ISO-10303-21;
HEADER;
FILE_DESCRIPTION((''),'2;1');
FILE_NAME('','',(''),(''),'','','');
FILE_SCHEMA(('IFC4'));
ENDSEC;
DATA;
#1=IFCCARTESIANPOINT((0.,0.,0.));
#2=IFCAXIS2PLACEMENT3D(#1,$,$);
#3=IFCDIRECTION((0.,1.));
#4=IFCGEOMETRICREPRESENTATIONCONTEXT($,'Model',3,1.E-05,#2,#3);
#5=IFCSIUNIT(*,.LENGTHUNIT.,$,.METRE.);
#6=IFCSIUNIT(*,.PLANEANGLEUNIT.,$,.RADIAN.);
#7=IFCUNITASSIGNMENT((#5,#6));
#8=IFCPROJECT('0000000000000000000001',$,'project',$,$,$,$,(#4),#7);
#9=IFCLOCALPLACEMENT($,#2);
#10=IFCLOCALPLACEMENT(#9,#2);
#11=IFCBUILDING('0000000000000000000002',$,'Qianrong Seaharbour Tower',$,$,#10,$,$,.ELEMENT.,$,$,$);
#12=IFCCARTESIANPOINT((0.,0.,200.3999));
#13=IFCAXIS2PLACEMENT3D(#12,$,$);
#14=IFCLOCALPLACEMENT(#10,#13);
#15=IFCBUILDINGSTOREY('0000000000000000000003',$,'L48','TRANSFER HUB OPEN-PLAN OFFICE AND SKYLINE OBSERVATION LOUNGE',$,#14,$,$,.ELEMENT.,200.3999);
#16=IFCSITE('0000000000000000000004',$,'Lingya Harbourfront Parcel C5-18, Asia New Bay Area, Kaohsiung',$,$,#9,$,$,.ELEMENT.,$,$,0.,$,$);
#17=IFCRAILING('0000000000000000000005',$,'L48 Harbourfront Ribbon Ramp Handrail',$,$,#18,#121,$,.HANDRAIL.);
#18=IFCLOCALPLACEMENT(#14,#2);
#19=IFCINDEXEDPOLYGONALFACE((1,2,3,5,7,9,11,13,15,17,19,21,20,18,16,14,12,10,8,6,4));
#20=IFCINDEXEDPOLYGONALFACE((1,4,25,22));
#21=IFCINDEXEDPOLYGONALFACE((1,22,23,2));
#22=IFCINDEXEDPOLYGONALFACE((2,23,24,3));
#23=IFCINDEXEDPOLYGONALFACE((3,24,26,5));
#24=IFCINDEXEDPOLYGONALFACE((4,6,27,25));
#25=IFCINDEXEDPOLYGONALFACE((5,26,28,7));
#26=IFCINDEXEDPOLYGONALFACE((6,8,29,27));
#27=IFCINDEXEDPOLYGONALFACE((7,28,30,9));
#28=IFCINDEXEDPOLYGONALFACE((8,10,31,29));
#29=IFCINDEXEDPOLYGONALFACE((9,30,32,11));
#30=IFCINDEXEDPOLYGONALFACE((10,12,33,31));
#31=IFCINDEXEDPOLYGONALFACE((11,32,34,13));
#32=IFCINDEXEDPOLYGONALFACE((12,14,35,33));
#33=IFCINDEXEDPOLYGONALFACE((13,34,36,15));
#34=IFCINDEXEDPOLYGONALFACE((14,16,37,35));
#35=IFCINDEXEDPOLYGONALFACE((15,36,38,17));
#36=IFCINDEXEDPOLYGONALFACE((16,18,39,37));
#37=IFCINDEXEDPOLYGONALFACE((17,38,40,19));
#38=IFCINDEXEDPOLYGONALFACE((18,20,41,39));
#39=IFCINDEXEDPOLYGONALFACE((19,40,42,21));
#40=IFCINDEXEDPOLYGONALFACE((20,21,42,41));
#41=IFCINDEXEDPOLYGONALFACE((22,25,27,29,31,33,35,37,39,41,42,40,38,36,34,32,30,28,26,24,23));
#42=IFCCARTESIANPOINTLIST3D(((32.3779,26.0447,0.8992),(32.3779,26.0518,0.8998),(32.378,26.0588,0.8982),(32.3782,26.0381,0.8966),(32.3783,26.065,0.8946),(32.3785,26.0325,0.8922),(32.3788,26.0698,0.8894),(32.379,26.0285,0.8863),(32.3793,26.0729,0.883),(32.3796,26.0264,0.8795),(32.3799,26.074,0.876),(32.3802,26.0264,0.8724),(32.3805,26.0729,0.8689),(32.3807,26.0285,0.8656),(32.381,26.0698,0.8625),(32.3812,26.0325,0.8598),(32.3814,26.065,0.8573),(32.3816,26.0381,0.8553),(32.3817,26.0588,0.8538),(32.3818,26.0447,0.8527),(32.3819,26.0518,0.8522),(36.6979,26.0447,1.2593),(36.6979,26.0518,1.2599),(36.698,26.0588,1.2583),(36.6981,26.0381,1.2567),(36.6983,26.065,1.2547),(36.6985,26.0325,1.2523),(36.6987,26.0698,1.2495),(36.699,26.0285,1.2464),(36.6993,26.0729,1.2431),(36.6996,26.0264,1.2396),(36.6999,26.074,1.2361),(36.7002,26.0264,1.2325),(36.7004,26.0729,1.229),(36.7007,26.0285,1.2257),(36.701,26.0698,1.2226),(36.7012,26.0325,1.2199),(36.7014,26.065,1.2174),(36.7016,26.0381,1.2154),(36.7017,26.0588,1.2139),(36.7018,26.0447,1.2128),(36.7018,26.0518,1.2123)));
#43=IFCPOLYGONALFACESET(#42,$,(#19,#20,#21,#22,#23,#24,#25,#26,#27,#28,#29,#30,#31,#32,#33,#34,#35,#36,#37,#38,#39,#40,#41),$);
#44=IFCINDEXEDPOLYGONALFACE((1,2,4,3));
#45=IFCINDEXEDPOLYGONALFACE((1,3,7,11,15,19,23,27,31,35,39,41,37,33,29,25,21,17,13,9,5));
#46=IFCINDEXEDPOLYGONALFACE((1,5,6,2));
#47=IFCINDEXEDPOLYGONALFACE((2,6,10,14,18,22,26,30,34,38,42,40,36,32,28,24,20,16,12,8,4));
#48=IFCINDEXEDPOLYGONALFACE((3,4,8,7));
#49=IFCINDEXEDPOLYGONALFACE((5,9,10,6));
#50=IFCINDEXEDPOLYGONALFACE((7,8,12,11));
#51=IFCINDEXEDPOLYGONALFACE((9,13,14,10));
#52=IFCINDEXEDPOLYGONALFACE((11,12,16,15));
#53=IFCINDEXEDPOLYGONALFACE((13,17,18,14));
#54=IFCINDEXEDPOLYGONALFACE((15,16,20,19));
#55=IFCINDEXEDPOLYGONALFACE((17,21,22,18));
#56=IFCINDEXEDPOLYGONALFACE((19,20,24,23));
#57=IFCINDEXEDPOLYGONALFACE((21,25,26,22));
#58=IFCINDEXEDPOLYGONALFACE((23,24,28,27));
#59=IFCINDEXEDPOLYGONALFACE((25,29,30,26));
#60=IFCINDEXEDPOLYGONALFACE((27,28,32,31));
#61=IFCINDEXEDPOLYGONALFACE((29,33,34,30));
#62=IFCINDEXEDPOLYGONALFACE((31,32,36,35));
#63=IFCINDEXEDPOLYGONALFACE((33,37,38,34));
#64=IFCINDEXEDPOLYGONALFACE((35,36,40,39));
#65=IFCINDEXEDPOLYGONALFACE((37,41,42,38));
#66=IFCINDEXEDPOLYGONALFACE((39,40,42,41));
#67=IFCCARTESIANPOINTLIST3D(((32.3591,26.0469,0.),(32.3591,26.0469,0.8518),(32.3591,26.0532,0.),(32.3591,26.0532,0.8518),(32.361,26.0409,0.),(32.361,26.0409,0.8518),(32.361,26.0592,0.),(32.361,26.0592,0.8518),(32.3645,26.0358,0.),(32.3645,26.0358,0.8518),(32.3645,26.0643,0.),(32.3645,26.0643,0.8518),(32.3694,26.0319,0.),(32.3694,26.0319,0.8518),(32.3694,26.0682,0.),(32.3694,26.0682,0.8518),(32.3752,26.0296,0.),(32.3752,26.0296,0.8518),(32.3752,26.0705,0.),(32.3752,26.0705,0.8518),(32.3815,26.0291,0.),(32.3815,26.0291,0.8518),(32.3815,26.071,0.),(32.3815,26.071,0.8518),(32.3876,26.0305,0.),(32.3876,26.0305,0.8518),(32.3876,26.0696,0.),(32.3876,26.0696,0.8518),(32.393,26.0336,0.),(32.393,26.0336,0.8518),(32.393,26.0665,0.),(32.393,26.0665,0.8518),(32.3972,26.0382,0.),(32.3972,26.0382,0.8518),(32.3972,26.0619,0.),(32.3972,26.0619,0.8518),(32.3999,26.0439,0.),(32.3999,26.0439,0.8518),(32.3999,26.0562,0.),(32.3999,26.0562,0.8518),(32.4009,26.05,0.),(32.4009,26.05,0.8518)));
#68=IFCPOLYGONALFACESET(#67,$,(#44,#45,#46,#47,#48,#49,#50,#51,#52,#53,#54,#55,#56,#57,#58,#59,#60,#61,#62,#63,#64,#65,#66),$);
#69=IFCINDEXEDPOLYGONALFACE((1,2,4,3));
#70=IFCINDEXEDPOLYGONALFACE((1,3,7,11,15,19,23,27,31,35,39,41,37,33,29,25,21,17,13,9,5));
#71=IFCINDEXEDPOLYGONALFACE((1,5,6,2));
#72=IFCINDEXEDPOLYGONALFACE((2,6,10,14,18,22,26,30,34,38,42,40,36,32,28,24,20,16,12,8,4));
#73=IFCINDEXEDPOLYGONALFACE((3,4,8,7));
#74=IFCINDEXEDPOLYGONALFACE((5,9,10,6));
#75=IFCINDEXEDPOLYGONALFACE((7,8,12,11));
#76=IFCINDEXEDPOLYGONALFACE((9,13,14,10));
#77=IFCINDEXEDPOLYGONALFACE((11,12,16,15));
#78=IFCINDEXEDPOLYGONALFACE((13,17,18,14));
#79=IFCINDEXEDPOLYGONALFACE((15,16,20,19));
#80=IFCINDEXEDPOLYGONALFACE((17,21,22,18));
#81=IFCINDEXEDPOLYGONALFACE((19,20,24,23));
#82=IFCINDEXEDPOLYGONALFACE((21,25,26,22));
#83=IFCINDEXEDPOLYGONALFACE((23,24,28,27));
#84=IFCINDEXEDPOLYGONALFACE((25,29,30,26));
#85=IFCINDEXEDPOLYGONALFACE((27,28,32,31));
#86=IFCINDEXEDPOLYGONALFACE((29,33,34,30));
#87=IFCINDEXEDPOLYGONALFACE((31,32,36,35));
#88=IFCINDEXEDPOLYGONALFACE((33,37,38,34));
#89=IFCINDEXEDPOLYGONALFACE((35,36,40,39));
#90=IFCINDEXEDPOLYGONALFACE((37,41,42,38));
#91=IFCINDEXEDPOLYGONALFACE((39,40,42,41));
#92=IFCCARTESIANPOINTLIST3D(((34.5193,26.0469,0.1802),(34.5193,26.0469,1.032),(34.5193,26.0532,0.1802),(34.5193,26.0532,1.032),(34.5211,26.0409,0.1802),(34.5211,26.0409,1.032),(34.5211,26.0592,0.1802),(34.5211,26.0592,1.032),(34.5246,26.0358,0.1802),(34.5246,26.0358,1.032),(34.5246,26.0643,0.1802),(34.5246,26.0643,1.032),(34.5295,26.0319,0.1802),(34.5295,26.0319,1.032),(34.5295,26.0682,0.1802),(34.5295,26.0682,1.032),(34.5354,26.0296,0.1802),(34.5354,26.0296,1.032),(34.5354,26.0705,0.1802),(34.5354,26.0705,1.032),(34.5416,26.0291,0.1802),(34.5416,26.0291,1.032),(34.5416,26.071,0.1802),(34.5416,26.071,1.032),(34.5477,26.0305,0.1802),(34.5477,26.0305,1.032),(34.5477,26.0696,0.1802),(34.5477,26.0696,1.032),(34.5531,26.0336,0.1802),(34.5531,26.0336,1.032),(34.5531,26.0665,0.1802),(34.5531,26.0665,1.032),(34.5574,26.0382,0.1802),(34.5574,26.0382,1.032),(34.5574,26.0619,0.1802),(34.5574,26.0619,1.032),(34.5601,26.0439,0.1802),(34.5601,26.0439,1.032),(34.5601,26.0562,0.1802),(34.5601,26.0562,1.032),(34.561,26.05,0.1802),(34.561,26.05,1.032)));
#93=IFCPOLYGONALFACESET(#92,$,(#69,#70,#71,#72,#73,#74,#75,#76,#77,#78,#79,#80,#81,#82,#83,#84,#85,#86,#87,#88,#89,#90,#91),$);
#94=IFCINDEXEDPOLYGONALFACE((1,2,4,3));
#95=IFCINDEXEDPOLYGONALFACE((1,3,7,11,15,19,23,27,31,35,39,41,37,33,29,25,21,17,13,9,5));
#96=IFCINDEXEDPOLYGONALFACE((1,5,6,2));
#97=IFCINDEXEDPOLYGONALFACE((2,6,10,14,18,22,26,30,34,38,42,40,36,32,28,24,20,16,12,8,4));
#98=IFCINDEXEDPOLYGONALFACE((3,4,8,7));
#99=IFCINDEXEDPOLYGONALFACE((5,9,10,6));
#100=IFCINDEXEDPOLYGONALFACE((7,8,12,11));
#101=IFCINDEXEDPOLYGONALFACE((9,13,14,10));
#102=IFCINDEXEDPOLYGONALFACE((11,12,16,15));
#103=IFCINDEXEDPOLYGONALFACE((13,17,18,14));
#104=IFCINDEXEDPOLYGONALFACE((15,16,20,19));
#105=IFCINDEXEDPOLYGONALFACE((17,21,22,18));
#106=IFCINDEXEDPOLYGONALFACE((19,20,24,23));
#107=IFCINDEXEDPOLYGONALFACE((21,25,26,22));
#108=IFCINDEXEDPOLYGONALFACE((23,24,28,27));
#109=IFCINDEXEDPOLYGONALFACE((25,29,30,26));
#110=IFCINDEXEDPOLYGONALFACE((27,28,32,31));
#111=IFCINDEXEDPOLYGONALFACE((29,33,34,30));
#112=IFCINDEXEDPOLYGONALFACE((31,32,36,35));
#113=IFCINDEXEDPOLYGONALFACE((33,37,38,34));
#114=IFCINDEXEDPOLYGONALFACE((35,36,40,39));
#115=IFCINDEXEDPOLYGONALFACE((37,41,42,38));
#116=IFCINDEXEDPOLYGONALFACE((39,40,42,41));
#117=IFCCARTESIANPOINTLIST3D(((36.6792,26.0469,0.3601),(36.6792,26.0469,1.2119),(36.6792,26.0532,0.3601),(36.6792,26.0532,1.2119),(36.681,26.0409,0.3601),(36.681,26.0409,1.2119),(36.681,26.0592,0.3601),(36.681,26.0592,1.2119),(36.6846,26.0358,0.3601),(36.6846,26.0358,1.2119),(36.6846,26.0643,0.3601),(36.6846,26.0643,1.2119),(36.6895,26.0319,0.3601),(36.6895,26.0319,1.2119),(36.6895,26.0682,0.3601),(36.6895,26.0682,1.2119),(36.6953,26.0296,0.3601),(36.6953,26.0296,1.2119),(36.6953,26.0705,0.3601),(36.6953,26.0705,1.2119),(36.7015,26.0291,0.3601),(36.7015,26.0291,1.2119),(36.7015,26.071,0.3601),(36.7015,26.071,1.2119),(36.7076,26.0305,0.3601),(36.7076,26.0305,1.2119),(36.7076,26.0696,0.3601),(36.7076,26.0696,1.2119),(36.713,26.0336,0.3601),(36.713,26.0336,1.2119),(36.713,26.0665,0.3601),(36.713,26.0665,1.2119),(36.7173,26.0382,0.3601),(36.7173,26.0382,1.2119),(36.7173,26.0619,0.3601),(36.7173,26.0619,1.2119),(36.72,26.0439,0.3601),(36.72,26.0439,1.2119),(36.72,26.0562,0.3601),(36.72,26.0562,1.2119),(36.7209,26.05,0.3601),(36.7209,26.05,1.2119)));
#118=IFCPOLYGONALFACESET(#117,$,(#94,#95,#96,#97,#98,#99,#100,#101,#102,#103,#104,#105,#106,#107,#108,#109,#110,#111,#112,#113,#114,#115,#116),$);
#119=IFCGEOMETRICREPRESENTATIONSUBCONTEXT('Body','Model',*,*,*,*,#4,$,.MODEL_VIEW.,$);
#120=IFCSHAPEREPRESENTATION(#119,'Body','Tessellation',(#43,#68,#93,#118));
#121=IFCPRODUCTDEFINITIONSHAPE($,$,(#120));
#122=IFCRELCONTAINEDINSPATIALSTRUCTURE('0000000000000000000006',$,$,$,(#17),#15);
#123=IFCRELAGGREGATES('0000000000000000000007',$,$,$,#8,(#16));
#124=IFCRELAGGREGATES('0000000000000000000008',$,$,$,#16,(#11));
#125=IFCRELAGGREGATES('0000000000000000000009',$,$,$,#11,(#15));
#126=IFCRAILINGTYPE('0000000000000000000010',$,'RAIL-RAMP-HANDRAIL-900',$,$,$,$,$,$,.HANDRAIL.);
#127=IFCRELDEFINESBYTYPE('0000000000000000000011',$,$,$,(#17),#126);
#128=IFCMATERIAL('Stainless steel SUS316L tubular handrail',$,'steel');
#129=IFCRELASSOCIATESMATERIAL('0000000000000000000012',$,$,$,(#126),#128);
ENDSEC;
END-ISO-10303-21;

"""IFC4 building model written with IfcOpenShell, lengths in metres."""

from ifc_helpers import new_model, si_unit, direction, frame, origin, origin_2d, place, context, subcontext, project, spatial, circle, extrude, material, type_object, element, save


model = new_model("IFC4")

# Units and contexts
model_context = context("Model", 3, precision=1e-05, world=origin(), true_north=direction((0.0, 1.0)))
body_context = subcontext(model_context, "Body", "Model", "MODEL_VIEW")
ifc_project = project(units=[si_unit("LENGTHUNIT", "METRE"), si_unit("PLANEANGLEUNIT", "RADIAN")], contexts=[model_context])

# Site, building, storey
site_placement = place(None, origin())
site = spatial("IfcSite", under=ifc_project, at=site_placement, Name="Lingya Harbourfront Parcel C5-18, Asia New Bay Area, Kaohsiung", CompositionType="ELEMENT", RefElevation=0.0)
building_placement = place(site_placement, origin())
building = spatial("IfcBuilding", under=site, at=building_placement, Name="Qianrong Seaharbour Tower", CompositionType="ELEMENT")
storey_placement = place(building_placement, frame((0.0, 0.0, 200.3999)))
storey = spatial("IfcBuildingStorey", under=building, at=storey_placement, Name="L48", Description="TRANSFER HUB OPEN-PLAN OFFICE AND SKYLINE OBSERVATION LOUNGE", CompositionType="ELEMENT", Elevation=200.3999)

# Railing
ifc_material_1 = material(Name="Stainless steel SUS316L tubular handrail", Category="steel")
railing_type_1 = type_object("IfcRailingType", Name="RAIL-RAMP-HANDRAIL-900", PredefinedType="HANDRAIL", material=ifc_material_1)
railing_1_placement = place(storey_placement, frame((32.3799, 26.05, 0.0)))
element("IfcRailing", 1, at=railing_1_placement, inside=storey, type_object=railing_type_1, Name="L48 Harbourfront Ribbon Ramp Handrail", PredefinedType="HANDRAIL", context=body_context, shape_type="SweptSolid", body=[
    extrude(circle(Radius=0.0239, at=origin_2d()), frame((0.0, 0.0, 0.876), z_axis=(0.996544, 0.0, 0.083069), x_axis=(0.0, 1.0, 0.0)), (0.0, 0.0, 1.0), 4.335),
    extrude(circle(Radius=0.021, at=origin_2d()), origin(), (0.0, 0.0, 1.0), 0.8518),
    extrude(circle(Radius=0.021, at=origin_2d()), frame((2.1602, 0.0, 0.1802)), (0.0, 0.0, 1.0), 0.8518),
    extrude(circle(Radius=0.021, at=origin_2d()), frame((4.3201, 0.0, 0.3601)), (0.0, 0.0, 1.0), 0.8518),
])

save(model, "model.ifc")
